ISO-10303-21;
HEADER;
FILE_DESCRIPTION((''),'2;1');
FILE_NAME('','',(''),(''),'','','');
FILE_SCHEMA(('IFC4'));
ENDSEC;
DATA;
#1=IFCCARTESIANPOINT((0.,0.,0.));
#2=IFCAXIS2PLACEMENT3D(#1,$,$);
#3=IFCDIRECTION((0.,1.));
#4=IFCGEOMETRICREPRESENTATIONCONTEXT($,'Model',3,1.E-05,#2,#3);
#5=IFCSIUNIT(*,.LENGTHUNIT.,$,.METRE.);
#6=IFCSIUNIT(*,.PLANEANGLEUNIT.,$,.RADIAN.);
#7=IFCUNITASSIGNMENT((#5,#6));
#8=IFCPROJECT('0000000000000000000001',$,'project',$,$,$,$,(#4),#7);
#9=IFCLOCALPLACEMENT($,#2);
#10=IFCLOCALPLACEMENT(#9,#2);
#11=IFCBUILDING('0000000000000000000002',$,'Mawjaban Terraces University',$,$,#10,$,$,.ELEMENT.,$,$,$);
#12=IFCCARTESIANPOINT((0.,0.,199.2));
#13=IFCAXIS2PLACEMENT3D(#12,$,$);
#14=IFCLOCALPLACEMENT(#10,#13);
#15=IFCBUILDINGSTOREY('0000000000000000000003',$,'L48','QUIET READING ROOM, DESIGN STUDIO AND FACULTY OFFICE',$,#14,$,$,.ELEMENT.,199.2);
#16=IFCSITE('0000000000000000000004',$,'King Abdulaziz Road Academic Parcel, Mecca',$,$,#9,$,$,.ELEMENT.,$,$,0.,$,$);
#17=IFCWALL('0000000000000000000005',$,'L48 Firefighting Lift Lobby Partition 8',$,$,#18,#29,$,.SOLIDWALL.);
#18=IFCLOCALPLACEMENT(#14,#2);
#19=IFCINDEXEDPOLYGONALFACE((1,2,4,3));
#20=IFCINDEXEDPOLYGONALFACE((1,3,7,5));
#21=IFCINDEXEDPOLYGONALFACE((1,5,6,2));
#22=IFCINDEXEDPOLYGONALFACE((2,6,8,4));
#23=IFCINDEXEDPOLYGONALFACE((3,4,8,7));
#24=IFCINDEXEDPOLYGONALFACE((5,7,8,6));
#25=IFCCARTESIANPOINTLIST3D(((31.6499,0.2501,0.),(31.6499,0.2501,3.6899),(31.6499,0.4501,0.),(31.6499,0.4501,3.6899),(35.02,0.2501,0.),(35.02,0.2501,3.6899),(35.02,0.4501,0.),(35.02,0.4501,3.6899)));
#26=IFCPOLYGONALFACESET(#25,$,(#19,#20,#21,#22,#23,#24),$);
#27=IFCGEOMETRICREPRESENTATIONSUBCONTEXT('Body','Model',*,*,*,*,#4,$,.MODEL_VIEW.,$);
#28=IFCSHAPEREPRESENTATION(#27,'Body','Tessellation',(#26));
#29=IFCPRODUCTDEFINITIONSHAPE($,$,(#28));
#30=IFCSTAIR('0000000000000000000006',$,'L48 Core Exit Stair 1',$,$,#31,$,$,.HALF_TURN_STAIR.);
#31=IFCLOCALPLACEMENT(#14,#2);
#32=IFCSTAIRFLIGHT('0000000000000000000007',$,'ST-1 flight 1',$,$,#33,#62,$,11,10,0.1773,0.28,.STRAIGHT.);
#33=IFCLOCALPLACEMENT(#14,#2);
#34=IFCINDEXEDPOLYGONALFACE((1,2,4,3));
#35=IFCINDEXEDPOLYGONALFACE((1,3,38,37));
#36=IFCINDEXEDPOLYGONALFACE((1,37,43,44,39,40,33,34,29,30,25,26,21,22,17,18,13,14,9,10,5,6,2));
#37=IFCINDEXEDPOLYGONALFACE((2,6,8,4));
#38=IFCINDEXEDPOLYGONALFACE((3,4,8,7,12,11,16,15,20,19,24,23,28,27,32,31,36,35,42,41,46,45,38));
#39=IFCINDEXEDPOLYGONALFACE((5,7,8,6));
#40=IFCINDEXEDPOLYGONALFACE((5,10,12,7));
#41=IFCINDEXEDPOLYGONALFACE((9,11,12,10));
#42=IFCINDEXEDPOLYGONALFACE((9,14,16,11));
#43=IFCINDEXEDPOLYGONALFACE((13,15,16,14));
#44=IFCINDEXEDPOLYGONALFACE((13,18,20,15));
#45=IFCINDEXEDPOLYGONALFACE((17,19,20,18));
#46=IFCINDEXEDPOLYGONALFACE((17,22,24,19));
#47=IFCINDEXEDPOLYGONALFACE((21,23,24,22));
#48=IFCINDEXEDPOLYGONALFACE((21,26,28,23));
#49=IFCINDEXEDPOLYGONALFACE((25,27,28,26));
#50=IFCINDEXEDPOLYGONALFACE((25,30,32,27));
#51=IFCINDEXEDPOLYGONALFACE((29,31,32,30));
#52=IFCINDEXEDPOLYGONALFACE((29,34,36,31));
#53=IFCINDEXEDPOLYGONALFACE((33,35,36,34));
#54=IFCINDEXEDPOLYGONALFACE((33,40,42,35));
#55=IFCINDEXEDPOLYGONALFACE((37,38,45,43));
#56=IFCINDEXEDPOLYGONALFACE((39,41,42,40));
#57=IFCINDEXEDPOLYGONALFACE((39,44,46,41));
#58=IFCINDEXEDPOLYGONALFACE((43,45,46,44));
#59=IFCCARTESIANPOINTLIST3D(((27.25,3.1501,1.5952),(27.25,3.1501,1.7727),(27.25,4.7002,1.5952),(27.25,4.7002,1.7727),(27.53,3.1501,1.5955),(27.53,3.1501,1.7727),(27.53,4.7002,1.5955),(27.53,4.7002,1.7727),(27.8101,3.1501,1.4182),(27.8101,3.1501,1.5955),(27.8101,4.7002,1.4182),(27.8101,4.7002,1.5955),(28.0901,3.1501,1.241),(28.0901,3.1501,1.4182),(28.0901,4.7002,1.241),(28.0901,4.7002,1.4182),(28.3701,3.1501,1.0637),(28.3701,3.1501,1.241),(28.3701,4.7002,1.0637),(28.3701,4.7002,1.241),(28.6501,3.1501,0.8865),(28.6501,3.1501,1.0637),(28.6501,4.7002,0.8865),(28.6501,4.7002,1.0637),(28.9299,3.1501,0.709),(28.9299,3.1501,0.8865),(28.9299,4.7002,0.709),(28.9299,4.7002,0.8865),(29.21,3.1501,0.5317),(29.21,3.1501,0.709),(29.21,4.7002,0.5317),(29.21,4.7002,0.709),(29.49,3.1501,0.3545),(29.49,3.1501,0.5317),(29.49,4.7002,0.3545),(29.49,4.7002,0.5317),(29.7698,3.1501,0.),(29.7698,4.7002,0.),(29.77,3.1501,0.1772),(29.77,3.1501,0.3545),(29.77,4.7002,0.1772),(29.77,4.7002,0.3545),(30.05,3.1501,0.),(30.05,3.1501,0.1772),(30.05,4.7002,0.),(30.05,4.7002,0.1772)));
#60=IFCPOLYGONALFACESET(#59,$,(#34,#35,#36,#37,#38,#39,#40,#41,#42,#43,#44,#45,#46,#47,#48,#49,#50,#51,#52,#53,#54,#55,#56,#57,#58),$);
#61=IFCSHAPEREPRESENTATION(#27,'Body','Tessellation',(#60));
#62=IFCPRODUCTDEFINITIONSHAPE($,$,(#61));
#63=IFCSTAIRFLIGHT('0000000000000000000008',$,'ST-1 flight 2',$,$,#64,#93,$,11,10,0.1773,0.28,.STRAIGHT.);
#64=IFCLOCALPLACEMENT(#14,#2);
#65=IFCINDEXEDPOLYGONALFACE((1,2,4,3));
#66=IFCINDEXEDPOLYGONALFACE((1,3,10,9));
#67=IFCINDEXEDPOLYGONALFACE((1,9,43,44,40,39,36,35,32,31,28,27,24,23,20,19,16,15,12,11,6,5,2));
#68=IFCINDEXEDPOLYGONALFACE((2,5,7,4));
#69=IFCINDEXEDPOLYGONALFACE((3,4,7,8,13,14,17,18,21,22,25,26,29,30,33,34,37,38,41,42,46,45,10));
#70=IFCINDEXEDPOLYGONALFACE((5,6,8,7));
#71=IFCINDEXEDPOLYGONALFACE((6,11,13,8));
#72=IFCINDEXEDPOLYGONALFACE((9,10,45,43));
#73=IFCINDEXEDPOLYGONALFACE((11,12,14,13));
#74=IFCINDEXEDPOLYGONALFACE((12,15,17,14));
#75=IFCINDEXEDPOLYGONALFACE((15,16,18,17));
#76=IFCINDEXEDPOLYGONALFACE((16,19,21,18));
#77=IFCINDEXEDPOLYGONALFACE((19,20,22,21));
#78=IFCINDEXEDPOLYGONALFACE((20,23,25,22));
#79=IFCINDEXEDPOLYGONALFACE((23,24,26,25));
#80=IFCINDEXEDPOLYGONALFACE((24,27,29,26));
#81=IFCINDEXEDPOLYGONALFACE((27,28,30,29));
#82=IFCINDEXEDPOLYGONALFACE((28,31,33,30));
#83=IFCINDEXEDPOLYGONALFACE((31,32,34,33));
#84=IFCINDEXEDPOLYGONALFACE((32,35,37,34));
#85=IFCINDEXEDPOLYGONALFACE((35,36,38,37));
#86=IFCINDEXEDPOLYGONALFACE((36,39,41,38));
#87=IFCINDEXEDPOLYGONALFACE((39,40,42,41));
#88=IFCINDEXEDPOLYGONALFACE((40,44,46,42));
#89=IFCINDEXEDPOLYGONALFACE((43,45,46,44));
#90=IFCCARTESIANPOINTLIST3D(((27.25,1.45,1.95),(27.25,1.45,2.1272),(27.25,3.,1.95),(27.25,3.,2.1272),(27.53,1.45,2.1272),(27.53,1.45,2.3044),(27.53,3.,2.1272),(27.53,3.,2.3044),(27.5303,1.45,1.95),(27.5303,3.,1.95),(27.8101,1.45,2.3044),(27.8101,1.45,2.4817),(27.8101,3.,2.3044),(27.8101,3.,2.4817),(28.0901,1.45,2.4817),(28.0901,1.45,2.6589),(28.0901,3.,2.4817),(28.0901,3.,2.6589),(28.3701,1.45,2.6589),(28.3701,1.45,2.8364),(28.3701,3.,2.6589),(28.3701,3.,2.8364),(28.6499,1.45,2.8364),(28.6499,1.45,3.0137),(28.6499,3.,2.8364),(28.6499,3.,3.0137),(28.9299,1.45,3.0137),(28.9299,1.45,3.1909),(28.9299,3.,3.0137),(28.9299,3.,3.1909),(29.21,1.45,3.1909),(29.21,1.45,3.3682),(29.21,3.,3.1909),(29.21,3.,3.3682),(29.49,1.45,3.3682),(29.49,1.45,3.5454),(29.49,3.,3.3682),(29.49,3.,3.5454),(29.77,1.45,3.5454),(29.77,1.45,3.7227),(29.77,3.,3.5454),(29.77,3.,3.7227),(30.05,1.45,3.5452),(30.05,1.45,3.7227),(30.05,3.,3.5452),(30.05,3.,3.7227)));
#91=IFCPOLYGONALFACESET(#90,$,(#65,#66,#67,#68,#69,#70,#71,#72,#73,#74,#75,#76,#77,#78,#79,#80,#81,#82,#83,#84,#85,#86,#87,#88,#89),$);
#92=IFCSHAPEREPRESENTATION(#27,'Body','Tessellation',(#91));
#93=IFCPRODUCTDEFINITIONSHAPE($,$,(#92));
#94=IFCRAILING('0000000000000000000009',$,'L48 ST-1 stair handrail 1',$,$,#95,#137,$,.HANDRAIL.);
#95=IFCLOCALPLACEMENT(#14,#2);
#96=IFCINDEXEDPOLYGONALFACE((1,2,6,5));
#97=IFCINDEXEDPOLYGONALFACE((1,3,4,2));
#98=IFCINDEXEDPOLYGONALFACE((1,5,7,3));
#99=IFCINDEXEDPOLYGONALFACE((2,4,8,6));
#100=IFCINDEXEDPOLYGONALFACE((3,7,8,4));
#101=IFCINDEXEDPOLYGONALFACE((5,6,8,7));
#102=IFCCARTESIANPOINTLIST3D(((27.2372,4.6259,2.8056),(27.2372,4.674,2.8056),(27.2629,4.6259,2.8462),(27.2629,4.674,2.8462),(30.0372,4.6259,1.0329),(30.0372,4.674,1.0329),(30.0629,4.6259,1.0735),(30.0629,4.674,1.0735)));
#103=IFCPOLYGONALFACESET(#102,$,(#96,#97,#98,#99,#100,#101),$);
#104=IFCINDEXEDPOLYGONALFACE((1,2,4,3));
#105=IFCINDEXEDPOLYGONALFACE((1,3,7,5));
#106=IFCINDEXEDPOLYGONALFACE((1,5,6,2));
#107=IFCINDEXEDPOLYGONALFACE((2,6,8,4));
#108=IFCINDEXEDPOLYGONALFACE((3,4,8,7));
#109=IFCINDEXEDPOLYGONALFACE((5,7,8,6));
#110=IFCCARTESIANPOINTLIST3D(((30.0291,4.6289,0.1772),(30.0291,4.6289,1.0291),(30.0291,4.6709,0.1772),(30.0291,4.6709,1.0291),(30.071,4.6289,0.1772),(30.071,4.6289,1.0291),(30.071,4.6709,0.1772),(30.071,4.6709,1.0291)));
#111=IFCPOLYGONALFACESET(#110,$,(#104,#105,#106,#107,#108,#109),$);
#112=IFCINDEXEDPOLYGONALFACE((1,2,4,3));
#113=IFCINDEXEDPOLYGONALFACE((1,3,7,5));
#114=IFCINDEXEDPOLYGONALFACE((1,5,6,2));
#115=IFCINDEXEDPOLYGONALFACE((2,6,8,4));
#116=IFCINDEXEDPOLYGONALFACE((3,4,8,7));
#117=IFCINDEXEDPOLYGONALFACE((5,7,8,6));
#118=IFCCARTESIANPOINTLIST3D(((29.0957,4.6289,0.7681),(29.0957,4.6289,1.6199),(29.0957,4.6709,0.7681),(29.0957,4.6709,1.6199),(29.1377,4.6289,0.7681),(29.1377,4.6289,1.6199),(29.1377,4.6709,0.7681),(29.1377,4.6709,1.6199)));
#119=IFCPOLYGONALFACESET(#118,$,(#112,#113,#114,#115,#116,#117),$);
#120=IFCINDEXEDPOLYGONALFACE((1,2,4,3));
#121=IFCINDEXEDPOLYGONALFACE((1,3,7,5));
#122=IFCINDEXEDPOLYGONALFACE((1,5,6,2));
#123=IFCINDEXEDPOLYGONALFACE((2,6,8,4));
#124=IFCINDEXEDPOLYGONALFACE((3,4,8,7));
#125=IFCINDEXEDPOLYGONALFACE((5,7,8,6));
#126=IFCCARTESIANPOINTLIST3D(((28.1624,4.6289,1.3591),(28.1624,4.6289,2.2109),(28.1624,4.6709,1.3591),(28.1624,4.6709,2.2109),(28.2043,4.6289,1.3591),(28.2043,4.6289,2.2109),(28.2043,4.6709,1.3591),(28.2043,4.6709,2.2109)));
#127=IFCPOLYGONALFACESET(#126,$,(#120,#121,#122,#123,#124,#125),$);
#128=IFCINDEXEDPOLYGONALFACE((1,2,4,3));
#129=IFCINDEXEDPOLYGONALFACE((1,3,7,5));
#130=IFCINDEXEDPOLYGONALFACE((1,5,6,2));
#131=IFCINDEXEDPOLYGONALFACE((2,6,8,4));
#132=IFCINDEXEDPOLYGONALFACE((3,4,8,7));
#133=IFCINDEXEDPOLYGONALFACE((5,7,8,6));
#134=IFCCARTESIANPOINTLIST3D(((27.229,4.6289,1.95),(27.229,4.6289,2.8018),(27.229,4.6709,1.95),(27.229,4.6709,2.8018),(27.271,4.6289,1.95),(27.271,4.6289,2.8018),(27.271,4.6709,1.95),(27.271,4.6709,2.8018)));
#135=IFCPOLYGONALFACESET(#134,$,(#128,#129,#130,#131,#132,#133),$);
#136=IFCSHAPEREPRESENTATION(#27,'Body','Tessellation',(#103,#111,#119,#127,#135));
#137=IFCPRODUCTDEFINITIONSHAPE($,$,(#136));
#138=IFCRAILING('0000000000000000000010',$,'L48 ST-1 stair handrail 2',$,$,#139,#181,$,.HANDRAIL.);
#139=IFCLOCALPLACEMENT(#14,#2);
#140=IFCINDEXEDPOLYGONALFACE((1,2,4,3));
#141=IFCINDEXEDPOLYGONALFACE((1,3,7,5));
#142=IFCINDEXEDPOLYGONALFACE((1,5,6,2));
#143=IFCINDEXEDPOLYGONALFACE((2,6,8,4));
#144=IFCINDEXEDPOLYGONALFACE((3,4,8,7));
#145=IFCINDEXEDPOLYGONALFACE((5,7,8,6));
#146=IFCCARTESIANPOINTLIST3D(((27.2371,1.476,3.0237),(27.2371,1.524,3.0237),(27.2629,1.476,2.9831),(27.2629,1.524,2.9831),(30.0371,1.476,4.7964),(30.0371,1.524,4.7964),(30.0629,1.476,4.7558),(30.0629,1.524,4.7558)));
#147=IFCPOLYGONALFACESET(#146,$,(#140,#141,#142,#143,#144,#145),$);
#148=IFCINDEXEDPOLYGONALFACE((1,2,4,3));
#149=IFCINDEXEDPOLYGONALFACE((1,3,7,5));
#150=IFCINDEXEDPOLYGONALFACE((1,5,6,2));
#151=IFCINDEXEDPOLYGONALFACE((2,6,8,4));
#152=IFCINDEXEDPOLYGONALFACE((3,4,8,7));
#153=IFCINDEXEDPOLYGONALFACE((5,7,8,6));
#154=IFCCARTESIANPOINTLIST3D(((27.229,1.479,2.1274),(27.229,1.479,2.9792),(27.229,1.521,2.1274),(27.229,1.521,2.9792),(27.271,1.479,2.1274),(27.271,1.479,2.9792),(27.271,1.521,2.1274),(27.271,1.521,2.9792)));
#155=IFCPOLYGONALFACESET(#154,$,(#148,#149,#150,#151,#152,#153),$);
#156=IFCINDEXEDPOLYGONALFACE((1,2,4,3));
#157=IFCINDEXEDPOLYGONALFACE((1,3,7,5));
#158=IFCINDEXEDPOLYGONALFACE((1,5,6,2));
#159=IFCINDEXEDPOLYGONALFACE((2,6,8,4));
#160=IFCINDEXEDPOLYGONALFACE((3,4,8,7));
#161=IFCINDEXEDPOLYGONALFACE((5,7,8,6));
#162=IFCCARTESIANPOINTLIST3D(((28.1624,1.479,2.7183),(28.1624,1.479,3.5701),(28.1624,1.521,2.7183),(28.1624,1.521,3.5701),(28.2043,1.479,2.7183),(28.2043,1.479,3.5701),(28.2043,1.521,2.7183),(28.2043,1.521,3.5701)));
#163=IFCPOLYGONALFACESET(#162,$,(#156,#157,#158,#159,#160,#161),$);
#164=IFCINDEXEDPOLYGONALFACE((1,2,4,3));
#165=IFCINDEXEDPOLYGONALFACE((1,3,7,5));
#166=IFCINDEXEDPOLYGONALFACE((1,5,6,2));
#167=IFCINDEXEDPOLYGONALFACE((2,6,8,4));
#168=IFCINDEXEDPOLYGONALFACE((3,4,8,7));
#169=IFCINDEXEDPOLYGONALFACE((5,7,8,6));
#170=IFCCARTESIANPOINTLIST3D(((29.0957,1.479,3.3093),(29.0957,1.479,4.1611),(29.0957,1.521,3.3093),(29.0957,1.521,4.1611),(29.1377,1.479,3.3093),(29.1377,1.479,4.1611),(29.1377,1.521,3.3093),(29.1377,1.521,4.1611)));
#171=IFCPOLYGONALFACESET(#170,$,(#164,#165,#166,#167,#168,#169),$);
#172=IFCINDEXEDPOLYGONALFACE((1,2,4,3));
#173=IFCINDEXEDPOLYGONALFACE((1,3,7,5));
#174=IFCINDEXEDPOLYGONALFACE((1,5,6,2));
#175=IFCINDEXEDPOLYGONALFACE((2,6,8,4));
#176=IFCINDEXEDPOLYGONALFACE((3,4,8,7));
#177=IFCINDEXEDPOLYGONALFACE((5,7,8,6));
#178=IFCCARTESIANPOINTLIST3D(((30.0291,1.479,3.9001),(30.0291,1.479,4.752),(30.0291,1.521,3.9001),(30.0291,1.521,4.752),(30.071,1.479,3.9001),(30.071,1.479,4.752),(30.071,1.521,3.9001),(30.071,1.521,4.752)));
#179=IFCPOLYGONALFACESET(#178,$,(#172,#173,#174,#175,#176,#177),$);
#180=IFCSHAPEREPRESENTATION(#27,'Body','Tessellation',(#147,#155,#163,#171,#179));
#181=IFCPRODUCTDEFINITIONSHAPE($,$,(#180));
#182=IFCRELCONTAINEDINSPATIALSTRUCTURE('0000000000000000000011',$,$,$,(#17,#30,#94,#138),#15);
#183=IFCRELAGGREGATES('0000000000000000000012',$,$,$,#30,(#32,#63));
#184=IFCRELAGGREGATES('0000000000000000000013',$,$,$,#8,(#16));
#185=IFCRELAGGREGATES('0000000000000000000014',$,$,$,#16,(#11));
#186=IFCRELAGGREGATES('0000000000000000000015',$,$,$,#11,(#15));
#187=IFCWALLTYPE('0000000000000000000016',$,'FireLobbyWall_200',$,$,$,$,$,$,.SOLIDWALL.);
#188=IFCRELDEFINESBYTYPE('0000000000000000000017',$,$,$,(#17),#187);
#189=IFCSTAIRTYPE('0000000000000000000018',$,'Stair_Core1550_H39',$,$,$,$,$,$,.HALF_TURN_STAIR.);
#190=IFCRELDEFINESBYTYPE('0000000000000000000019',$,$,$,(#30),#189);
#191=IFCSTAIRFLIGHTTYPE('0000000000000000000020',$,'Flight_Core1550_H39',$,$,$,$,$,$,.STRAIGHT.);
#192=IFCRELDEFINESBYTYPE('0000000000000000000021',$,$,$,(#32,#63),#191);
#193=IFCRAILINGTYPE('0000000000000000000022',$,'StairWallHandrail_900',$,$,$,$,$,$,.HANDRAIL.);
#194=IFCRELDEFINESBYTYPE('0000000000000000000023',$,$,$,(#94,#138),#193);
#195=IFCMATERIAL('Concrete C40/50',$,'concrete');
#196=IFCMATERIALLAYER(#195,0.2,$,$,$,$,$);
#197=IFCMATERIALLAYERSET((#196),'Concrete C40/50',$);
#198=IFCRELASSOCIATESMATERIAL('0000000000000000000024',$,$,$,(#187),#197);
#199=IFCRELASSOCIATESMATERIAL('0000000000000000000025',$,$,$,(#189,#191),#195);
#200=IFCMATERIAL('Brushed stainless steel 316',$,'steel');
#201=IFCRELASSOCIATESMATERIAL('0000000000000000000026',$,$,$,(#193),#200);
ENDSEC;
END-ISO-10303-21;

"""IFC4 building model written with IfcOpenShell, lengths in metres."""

from ifc_helpers import new_model, si_unit, direction, frame, frame_2d, origin, origin_2d, place, context, subcontext, project, spatial, polyline, rectangle, outline, extrude, material, layer, layer_set, type_object, element, aggregate, save


model = new_model("IFC4")

# Units and contexts
model_context = context("Model", 3, precision=1e-05, world=origin(), true_north=direction((0.0, 1.0)))
body_context = subcontext(model_context, "Body", "Model", "MODEL_VIEW")
ifc_project = project(units=[si_unit("LENGTHUNIT", "METRE"), si_unit("PLANEANGLEUNIT", "RADIAN")], contexts=[model_context])

# Site, building, storey
site_placement = place(None, origin())
site = spatial("IfcSite", under=ifc_project, at=site_placement, Name="King Abdulaziz Road Academic Parcel, Mecca", CompositionType="ELEMENT", RefElevation=0.0)
building_placement = place(site_placement, origin())
building = spatial("IfcBuilding", under=site, at=building_placement, Name="Mawjaban Terraces University", CompositionType="ELEMENT")
storey_placement = place(building_placement, frame((0.0, 0.0, 199.2)))
storey = spatial("IfcBuildingStorey", under=building, at=storey_placement, Name="L48", Description="QUIET READING ROOM, DESIGN STUDIO AND FACULTY OFFICE", CompositionType="ELEMENT", Elevation=199.2)

# Shared definitions
ifc_material_1 = material(Name="Concrete C40/50", Category="concrete")
ifc_layer_1 = layer(ifc_material_1, 0.2)
ifc_layer_set_1 = layer_set([ifc_layer_1], Name="Concrete C40/50")
wall_type_1 = type_object("IfcWallType", Name="FireLobbyWall_200", PredefinedType="SOLIDWALL", material=ifc_layer_set_1)

# Wall
wall_1_placement = place(storey_placement, frame((31.6499, 0.3501, 0.0), z_axis=(0.0, 0.0, 1.0), x_axis=(1.0, 0.0, 0.0)))
element("IfcWall", 1, at=wall_1_placement, inside=storey, type_object=wall_type_1, Name="L48 Firefighting Lift Lobby Partition 8", PredefinedType="SOLIDWALL", context=body_context, shape_type="SweptSolid", body=[
    extrude(rectangle(XDim=3.3701, YDim=0.2, at=frame_2d((1.6851, 0.0))), origin(), (0.0, 0.0, 1.0), 3.6899),
])

# Stair, stair flights
stair_type = type_object("IfcStairType", Name="Stair_Core1550_H39", PredefinedType="HALF_TURN_STAIR", material=ifc_material_1)
stair_placement = place(storey_placement, origin())
stair = element("IfcStair", 2, at=stair_placement, inside=storey, type_object=stair_type, Name="L48 Core Exit Stair 1", PredefinedType="HALF_TURN_STAIR")
stair_flight_type = type_object("IfcStairFlightType", Name="Flight_Core1550_H39", PredefinedType="STRAIGHT", material=ifc_material_1)
stair_flight_1_placement = place(storey_placement, frame((30.05, 3.925, 0.0), z_axis=(0.0, 0.0, 1.0), x_axis=(-1.0, 0.0, 0.0)))
stair_flight_1 = element("IfcStairFlight", 3, at=stair_flight_1_placement, type_object=stair_flight_type, Name="ST-1 flight 1", NumberOfRisers=11, NumberOfTreads=10, PredefinedType="STRAIGHT", RiserHeight=0.1773, TreadLength=0.28, context=body_context, shape_type="SweptSolid", body=[
    extrude(outline(polyline([(0.0, 0.0), (0.0, 0.1772), (0.28, 0.1772), (0.28, 0.3545), (0.5601, 0.3545), (0.5601, 0.5317), (0.8401, 0.5317), (0.8401, 0.709), (1.1201, 0.709), (1.1201, 0.8865), (1.3999, 0.8865), (1.3999, 1.0637), (1.6799, 1.0637), (1.6799, 1.241), (1.96, 1.241), (1.96, 1.4182), (2.24, 1.4182), (2.24, 1.5955), (2.52, 1.5955), (2.52, 1.7727), (2.8, 1.7727), (2.8, 1.95), (2.8, 1.5952), (0.2803, 0.0), (0.0, 0.0)])), frame((0.0, 0.7749, 0.0), z_axis=(0.0, -1.0, 0.0), x_axis=(1.0, 0.0, 0.0)), (0.0, 0.0, 1.0), 1.55),
])
stair_flight_2_placement = place(storey_placement, frame((27.25, 2.2251, 1.95), z_axis=(0.0, 0.0, 1.0), x_axis=(1.0, 0.0, 0.0)))
stair_flight_2 = element("IfcStairFlight", 4, at=stair_flight_2_placement, type_object=stair_flight_type, Name="ST-1 flight 2", NumberOfRisers=11, NumberOfTreads=10, PredefinedType="STRAIGHT", RiserHeight=0.1773, TreadLength=0.28, context=body_context, shape_type="SweptSolid", body=[
    extrude(outline(polyline([(0.0, 0.0), (0.0, 0.1772), (0.28, 0.1772), (0.28, 0.3545), (0.5601, 0.3545), (0.5601, 0.5317), (0.8401, 0.5317), (0.8401, 0.709), (1.1201, 0.709), (1.1201, 0.8865), (1.3999, 0.8865), (1.3999, 1.0637), (1.6799, 1.0637), (1.6799, 1.241), (1.96, 1.241), (1.96, 1.4182), (2.24, 1.4182), (2.24, 1.5955), (2.52, 1.5955), (2.52, 1.7727), (2.8, 1.7727), (2.8, 1.95), (2.8, 1.5952), (0.2803, 0.0), (0.0, 0.0)])), frame((0.0, 0.7749, 0.0), z_axis=(0.0, -1.0, 0.0), x_axis=(1.0, 0.0, 0.0)), (0.0, 0.0, 1.0), 1.55),
])
aggregate(stair, [stair_flight_1, stair_flight_2])

# Railings
ifc_material_2 = material(Name="Brushed stainless steel 316", Category="steel")
railing_type_1 = type_object("IfcRailingType", Name="StairWallHandrail_900", PredefinedType="HANDRAIL", material=ifc_material_2)
railing_1_placement = place(storey_placement, frame((30.05, 4.6499, 0.1772)))
element("IfcRailing", 5, at=railing_1_placement, inside=storey, type_object=railing_type_1, Name="L48 ST-1 stair handrail 1", PredefinedType="HANDRAIL", context=body_context, shape_type="SweptSolid", body=[
    extrude(rectangle(XDim=0.0481, YDim=0.0481, at=origin_2d()), frame((0.0, 0.0, 0.876), z_axis=(-0.844909, 0.0, 0.53491), x_axis=(0.0, -1.0, 0.0)), (0.0, 0.0, 1.0), 3.314),
    extrude(rectangle(XDim=0.042, YDim=0.042, at=origin_2d()), origin(), (0.0, 0.0, 1.0), 0.8518),
    extrude(rectangle(XDim=0.042, YDim=0.042, at=origin_2d()), frame((-0.9333, 0.0, 0.5908)), (0.0, 0.0, 1.0), 0.8518),
    extrude(rectangle(XDim=0.042, YDim=0.042, at=origin_2d()), frame((-1.8667, 0.0, 1.1819)), (0.0, 0.0, 1.0), 0.8518),
    extrude(rectangle(XDim=0.042, YDim=0.042, at=origin_2d()), frame((-2.8, 0.0, 1.7727)), (0.0, 0.0, 1.0), 0.8518),
])
railing_2_placement = place(storey_placement, frame((27.25, 1.5, 2.1274)))
element("IfcRailing", 6, at=railing_2_placement, inside=storey, type_object=railing_type_1, Name="L48 ST-1 stair handrail 2", PredefinedType="HANDRAIL", context=body_context, shape_type="SweptSolid", body=[
    extrude(rectangle(XDim=0.0481, YDim=0.0481, at=origin_2d()), frame((0.0, 0.0, 0.876), z_axis=(0.844909, 0.0, 0.53491), x_axis=(0.0, 1.0, 0.0)), (0.0, 0.0, 1.0), 3.314),
    extrude(rectangle(XDim=0.042, YDim=0.042, at=origin_2d()), origin(), (0.0, 0.0, 1.0), 0.8518),
    extrude(rectangle(XDim=0.042, YDim=0.042, at=origin_2d()), frame((0.9333, 0.0, 0.5908)), (0.0, 0.0, 1.0), 0.8518),
    extrude(rectangle(XDim=0.042, YDim=0.042, at=origin_2d()), frame((1.8667, 0.0, 1.1819)), (0.0, 0.0, 1.0), 0.8518),
    extrude(rectangle(XDim=0.042, YDim=0.042, at=origin_2d()), frame((2.8, 0.0, 1.7727)), (0.0, 0.0, 1.0), 0.8518),
])

save(model, "model.ifc")
